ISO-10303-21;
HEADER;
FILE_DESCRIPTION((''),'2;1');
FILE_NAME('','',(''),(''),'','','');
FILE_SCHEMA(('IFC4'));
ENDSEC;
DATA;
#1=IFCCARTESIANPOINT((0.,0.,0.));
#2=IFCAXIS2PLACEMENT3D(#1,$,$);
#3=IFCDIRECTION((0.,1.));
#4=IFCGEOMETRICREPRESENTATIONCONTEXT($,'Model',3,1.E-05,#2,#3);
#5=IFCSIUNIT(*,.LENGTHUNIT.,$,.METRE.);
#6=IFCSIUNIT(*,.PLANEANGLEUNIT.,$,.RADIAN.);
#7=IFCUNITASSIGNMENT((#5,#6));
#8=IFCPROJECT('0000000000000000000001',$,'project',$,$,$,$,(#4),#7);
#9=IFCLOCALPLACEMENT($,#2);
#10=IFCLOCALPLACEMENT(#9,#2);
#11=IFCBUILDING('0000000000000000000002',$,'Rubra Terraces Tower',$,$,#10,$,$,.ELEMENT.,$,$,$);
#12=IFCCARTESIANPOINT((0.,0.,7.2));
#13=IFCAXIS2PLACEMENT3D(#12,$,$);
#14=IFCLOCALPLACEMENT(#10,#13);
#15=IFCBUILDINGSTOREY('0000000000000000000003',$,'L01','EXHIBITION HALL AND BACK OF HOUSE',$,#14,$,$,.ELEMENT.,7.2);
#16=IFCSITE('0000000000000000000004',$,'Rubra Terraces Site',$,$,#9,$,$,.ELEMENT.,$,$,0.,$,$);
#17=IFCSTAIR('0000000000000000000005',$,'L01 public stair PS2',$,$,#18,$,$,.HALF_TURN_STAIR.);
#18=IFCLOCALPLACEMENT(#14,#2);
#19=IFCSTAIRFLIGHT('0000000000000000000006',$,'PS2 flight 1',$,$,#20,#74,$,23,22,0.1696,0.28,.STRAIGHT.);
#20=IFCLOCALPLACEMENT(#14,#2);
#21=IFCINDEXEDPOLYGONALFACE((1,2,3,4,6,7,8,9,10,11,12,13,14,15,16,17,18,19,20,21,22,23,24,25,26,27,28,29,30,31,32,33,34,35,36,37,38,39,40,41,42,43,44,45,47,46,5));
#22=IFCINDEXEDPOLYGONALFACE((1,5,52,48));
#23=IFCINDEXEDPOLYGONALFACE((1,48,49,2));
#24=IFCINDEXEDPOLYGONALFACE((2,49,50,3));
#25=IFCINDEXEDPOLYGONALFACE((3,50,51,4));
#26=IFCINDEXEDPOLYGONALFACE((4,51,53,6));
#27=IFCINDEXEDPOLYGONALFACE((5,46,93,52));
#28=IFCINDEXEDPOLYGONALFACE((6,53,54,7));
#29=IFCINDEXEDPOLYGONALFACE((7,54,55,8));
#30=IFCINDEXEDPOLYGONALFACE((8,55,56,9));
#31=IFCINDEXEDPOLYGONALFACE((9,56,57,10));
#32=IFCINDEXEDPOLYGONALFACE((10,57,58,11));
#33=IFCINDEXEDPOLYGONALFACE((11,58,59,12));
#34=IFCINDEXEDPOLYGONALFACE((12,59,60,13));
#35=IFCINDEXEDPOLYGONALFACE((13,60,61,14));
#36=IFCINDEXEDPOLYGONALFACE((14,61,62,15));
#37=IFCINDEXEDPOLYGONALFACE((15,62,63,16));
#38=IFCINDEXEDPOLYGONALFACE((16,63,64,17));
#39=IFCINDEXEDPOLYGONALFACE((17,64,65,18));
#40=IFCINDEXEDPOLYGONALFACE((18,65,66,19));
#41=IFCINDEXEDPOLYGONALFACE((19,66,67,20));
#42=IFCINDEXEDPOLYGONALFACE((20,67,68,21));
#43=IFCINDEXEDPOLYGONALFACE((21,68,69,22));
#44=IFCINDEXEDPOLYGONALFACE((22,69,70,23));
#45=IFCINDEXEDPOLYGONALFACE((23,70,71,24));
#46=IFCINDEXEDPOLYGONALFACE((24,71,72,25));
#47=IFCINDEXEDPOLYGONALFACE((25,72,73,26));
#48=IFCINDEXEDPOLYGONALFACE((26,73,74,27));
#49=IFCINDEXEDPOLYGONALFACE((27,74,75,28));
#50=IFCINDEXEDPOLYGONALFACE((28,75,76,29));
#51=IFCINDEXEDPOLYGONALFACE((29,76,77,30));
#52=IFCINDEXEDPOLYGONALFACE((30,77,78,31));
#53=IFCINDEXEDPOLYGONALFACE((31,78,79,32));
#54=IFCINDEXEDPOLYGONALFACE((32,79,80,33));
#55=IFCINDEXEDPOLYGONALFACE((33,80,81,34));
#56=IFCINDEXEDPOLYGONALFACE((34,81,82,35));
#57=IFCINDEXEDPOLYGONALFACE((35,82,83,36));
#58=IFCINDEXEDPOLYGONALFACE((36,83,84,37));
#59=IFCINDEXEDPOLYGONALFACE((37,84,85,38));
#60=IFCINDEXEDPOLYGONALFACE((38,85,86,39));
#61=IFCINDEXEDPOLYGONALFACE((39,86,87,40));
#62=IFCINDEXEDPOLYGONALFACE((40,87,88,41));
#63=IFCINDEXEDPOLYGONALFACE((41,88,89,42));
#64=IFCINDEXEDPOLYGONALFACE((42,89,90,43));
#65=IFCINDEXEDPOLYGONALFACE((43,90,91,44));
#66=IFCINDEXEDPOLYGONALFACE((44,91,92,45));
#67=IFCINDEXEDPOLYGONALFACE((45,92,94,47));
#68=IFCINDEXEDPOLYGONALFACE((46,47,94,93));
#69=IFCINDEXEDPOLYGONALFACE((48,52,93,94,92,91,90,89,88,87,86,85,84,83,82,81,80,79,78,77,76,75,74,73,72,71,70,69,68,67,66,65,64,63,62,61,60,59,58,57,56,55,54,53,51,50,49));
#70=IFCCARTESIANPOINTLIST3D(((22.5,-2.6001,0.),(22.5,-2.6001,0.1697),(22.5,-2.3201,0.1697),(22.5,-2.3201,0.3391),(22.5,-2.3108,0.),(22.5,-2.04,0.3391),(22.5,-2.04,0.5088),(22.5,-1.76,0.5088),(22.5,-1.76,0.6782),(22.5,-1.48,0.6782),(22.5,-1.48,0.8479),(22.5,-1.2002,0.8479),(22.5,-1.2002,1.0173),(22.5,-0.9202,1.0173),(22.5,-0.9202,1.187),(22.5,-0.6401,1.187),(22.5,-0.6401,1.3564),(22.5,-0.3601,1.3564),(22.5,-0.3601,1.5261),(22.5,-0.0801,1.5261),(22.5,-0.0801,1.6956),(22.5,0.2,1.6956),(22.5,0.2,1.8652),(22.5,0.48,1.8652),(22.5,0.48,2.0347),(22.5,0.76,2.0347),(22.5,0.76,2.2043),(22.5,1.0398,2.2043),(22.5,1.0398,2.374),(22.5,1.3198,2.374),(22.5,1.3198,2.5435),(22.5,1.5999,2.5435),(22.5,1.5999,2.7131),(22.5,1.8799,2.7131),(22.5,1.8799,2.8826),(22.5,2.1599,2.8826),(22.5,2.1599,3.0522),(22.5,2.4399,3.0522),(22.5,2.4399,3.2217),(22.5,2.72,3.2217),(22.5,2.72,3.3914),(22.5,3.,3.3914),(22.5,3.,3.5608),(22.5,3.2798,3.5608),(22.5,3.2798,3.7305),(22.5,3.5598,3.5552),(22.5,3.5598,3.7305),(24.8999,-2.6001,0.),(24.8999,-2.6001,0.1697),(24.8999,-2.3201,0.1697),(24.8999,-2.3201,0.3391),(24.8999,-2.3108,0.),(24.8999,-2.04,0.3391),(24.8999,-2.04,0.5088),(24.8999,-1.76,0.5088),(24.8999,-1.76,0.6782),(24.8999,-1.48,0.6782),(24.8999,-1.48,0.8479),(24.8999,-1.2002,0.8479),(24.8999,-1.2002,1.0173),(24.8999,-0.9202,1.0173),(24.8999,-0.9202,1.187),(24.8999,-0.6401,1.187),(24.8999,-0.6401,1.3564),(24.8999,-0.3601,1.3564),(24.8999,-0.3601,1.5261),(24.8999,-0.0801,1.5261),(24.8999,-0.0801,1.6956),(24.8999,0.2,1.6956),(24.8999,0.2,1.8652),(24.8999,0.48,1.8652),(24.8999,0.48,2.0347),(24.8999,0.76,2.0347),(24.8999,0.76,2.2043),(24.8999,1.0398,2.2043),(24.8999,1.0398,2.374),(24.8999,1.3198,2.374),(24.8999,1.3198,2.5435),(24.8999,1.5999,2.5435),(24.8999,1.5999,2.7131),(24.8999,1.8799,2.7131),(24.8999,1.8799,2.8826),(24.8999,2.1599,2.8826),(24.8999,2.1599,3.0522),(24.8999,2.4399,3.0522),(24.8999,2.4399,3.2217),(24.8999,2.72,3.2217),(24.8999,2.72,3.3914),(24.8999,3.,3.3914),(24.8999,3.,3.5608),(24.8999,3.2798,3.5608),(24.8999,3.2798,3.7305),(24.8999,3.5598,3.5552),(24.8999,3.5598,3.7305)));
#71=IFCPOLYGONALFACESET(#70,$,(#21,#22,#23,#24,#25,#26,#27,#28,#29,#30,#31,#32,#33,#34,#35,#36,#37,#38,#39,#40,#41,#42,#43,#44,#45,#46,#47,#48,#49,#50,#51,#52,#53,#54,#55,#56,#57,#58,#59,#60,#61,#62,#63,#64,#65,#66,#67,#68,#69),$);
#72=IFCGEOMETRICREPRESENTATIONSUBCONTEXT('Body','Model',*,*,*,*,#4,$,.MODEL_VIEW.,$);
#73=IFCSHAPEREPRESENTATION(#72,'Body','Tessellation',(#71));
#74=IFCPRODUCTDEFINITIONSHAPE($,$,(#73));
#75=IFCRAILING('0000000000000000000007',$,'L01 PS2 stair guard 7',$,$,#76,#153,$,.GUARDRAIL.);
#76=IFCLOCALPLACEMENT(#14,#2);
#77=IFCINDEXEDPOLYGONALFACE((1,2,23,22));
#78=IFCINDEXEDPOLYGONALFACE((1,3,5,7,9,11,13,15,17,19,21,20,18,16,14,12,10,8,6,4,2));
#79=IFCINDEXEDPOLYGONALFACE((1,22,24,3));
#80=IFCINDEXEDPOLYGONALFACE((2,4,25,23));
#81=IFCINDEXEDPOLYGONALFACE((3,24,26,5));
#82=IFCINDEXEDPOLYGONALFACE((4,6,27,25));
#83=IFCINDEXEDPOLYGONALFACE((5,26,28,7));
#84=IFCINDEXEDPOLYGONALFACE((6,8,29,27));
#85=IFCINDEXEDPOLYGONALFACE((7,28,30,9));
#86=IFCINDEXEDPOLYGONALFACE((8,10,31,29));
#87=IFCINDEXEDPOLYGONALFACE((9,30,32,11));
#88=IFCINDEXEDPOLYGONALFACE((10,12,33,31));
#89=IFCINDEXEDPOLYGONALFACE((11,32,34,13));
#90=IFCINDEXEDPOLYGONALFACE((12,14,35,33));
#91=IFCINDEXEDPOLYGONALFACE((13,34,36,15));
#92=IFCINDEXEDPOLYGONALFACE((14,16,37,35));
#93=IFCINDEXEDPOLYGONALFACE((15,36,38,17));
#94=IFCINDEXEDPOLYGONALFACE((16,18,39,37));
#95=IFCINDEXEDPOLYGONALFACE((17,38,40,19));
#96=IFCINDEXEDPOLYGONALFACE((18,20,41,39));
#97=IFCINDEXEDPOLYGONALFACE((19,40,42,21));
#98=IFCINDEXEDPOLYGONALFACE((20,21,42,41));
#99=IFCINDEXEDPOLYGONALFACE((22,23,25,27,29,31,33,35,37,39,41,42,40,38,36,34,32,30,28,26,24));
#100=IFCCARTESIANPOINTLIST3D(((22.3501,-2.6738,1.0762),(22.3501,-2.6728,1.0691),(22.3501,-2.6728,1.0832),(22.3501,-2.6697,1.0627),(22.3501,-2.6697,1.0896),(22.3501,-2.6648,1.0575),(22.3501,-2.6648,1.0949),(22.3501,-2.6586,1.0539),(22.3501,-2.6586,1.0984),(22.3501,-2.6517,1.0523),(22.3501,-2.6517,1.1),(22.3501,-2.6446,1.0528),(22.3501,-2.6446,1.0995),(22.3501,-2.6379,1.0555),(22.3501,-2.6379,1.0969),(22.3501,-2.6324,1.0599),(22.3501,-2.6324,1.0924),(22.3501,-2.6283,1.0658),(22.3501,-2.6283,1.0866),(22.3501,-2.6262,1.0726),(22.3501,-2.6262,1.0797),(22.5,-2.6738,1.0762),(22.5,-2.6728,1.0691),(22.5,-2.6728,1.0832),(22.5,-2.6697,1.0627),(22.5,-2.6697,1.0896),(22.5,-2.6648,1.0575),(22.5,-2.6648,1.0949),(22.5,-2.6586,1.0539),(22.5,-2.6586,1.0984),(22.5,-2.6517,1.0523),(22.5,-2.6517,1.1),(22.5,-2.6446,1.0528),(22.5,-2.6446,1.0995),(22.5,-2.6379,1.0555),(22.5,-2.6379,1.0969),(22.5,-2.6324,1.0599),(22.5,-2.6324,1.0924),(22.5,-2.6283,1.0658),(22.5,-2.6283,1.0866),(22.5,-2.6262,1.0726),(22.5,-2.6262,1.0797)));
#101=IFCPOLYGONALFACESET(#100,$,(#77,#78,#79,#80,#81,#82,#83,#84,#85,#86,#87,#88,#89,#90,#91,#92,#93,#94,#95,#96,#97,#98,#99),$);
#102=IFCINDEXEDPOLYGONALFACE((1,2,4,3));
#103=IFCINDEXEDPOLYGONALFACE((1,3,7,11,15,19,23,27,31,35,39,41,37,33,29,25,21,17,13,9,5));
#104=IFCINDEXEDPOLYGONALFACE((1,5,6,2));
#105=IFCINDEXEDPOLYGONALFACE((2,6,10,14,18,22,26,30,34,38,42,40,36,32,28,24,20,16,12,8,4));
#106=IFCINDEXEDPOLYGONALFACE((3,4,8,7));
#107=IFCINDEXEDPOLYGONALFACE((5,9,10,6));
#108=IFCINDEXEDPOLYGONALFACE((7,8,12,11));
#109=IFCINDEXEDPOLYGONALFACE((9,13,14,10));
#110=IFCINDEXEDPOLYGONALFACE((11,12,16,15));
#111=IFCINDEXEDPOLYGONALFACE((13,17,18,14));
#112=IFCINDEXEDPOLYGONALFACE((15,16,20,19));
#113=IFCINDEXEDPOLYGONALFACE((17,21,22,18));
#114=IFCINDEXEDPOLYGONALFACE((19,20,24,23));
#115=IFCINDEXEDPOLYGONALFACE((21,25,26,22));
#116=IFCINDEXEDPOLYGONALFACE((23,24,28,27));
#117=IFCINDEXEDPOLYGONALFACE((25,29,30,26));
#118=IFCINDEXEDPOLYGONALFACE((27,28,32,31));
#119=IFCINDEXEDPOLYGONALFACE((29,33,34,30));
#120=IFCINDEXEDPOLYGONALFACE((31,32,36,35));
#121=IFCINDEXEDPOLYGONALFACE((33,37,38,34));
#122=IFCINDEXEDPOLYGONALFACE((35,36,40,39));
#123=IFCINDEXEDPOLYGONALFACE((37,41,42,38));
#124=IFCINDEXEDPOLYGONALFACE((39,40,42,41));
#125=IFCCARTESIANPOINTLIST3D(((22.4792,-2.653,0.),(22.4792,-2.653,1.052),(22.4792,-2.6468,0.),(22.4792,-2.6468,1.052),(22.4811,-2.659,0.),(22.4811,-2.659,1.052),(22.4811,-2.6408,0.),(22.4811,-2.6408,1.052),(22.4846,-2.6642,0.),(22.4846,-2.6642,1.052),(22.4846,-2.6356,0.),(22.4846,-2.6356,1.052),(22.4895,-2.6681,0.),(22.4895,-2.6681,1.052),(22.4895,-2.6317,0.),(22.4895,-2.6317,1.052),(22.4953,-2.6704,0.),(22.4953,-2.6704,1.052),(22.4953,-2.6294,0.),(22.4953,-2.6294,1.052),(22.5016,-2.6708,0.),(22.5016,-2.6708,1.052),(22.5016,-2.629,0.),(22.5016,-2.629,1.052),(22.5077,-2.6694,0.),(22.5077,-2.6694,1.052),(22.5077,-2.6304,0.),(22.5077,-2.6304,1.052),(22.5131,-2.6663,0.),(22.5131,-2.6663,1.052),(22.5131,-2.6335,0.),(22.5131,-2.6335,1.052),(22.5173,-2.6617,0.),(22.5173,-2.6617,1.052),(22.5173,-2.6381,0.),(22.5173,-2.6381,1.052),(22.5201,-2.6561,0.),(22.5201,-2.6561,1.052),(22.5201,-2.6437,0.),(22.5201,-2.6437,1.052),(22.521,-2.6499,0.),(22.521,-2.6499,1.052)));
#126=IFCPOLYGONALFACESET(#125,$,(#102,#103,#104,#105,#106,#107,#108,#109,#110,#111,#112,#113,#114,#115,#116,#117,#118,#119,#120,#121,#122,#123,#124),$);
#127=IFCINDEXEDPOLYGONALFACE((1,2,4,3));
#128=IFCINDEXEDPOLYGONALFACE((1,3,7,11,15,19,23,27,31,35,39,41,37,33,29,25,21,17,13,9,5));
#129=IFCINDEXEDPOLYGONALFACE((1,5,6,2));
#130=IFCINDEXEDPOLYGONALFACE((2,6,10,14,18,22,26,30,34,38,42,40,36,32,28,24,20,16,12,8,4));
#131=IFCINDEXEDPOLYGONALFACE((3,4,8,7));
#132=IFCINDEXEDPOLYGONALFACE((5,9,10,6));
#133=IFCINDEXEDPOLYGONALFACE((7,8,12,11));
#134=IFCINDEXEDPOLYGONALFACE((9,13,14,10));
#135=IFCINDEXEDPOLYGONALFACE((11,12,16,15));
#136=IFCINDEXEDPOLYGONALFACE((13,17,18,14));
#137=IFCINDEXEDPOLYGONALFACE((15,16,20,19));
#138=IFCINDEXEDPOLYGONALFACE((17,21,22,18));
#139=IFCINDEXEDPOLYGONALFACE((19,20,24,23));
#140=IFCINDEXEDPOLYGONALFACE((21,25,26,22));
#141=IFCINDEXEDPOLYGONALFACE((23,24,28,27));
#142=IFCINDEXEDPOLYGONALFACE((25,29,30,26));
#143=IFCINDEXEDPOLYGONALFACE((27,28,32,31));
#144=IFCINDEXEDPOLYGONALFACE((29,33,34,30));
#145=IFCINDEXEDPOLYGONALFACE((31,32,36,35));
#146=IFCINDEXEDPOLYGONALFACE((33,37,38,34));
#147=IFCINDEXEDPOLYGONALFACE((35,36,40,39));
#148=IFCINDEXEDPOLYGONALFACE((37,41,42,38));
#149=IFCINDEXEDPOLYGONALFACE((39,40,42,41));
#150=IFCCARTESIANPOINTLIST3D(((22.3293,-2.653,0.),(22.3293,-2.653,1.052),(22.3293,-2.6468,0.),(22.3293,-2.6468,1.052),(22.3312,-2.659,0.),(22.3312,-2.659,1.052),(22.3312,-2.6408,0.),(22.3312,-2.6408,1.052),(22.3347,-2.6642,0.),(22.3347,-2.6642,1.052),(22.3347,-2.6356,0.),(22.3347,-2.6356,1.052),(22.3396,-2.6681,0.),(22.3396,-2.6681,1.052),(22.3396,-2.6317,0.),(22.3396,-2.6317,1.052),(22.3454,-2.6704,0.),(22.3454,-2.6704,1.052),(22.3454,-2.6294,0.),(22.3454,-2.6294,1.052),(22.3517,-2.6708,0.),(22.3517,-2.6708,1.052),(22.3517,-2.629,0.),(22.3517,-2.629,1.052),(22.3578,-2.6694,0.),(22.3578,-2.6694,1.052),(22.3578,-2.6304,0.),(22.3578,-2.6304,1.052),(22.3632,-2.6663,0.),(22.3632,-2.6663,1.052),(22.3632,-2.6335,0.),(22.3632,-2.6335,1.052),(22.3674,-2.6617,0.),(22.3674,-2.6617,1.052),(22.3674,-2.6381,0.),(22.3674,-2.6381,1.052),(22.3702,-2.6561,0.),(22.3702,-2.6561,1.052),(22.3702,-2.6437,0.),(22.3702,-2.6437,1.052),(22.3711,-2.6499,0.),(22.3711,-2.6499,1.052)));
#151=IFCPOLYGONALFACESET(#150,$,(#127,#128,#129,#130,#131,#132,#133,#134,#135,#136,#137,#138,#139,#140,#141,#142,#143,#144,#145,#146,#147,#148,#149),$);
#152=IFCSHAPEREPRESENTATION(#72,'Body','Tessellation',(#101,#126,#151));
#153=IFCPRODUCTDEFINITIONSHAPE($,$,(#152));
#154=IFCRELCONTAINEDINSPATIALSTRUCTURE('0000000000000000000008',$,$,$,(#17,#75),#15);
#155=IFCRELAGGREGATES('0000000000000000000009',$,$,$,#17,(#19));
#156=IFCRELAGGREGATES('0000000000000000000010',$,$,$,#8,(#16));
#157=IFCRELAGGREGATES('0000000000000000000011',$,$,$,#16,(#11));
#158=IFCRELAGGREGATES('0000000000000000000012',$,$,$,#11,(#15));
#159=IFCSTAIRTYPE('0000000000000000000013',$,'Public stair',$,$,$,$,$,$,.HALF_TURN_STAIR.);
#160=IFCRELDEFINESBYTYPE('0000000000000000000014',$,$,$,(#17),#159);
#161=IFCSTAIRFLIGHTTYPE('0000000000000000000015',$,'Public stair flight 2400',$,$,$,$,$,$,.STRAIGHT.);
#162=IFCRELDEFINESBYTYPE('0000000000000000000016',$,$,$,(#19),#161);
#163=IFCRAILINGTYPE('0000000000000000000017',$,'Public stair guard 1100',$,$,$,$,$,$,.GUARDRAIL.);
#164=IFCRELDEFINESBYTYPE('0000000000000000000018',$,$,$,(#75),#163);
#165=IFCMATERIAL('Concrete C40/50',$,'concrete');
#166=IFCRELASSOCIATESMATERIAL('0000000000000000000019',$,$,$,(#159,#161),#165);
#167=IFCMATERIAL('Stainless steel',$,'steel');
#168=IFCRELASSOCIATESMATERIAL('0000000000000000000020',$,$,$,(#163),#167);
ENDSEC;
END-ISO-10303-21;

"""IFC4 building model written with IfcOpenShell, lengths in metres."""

from ifc_helpers import new_model, si_unit, direction, frame, origin, origin_2d, place, context, subcontext, project, spatial, polyline, circle, outline, extrude, material, type_object, element, aggregate, save


model = new_model("IFC4")

# Units and contexts
model_context = context("Model", 3, precision=1e-05, world=origin(), true_north=direction((0.0, 1.0)))
body_context = subcontext(model_context, "Body", "Model", "MODEL_VIEW")
ifc_project = project(units=[si_unit("LENGTHUNIT", "METRE"), si_unit("PLANEANGLEUNIT", "RADIAN")], contexts=[model_context])

# Site, building, storey
site_placement = place(None, origin())
site = spatial("IfcSite", under=ifc_project, at=site_placement, Name="Rubra Terraces Site", CompositionType="ELEMENT", RefElevation=0.0)
building_placement = place(site_placement, origin())
building = spatial("IfcBuilding", under=site, at=building_placement, Name="Rubra Terraces Tower", CompositionType="ELEMENT")
storey_placement = place(building_placement, frame((0.0, 0.0, 7.2)))
storey = spatial("IfcBuildingStorey", under=building, at=storey_placement, Name="L01", Description="EXHIBITION HALL AND BACK OF HOUSE", CompositionType="ELEMENT", Elevation=7.2)

# Stair, stair flight
ifc_material_1 = material(Name="Concrete C40/50", Category="concrete")
stair_type = type_object("IfcStairType", Name="Public stair", PredefinedType="HALF_TURN_STAIR", material=ifc_material_1)
stair_placement = place(storey_placement, origin())
stair = element("IfcStair", 1, at=stair_placement, inside=storey, type_object=stair_type, Name="L01 public stair PS2", PredefinedType="HALF_TURN_STAIR")
stair_flight_type = type_object("IfcStairFlightType", Name="Public stair flight 2400", PredefinedType="STRAIGHT", material=ifc_material_1)
stair_flight_placement = place(storey_placement, frame((23.7, -2.6001, 0.0), z_axis=(0.0, 0.0, 1.0), x_axis=(0.0, 1.0, 0.0)))
stair_flight = element("IfcStairFlight", 2, at=stair_flight_placement, type_object=stair_flight_type, Name="PS2 flight 1", NumberOfRisers=23, NumberOfTreads=22, PredefinedType="STRAIGHT", RiserHeight=0.1696, TreadLength=0.28, context=body_context, shape_type="SweptSolid", body=[
    extrude(outline(polyline([(0.0, 0.0), (0.0, 0.1697), (0.28, 0.1697), (0.28, 0.3391), (0.5601, 0.3391), (0.5601, 0.5088), (0.8401, 0.5088), (0.8401, 0.6782), (1.1201, 0.6782), (1.1201, 0.8479), (1.3999, 0.8479), (1.3999, 1.0173), (1.6799, 1.0173), (1.6799, 1.187), (1.96, 1.187), (1.96, 1.3564), (2.24, 1.3564), (2.24, 1.5261), (2.52, 1.5261), (2.52, 1.6956), (2.8, 1.6956), (2.8, 1.8652), (3.0801, 1.8652), (3.0801, 2.0347), (3.3601, 2.0347), (3.3601, 2.2043), (3.6399, 2.2043), (3.6399, 2.374), (3.9199, 2.374), (3.9199, 2.5435), (4.2, 2.5435), (4.2, 2.7131), (4.48, 2.7131), (4.48, 2.8826), (4.76, 2.8826), (4.76, 3.0522), (5.04, 3.0522), (5.04, 3.2217), (5.3201, 3.2217), (5.3201, 3.3914), (5.6001, 3.3914), (5.6001, 3.5608), (5.8799, 3.5608), (5.8799, 3.7305), (6.1599, 3.7305), (6.1599, 3.8999), (6.1599, 3.5552), (0.2893, 0.0), (0.0, 0.0)])), frame((0.0, 1.2, 0.0), z_axis=(0.0, -1.0, 0.0), x_axis=(1.0, 0.0, 0.0)), (0.0, 0.0, 1.0), 2.3999),
])
aggregate(stair, [stair_flight])

# Railing
ifc_material_2 = material(Name="Stainless steel", Category="steel")
railing_type = type_object("IfcRailingType", Name="Public stair guard 1100", PredefinedType="GUARDRAIL", material=ifc_material_2)
railing_1_placement = place(storey_placement, frame((22.5, -2.6499, 0.0)))
element("IfcRailing", 3, at=railing_1_placement, inside=storey, type_object=railing_type, Name="L01 PS2 stair guard 7", PredefinedType="GUARDRAIL", context=body_context, shape_type="SweptSolid", body=[
    extrude(circle(Radius=0.0239, at=origin_2d()), frame((0.0, 0.0, 1.0762), z_axis=(-1.0, 0.0, 0.0), x_axis=(0.0, -1.0, 0.0)), (0.0, 0.0, 1.0), 0.1499),
    extrude(circle(Radius=0.021, at=origin_2d()), origin(), (0.0, 0.0, 1.0), 1.052),
    extrude(circle(Radius=0.021, at=origin_2d()), frame((-0.1499, 0.0, 0.0)), (0.0, 0.0, 1.0), 1.052),
])

save(model, "model.ifc")
